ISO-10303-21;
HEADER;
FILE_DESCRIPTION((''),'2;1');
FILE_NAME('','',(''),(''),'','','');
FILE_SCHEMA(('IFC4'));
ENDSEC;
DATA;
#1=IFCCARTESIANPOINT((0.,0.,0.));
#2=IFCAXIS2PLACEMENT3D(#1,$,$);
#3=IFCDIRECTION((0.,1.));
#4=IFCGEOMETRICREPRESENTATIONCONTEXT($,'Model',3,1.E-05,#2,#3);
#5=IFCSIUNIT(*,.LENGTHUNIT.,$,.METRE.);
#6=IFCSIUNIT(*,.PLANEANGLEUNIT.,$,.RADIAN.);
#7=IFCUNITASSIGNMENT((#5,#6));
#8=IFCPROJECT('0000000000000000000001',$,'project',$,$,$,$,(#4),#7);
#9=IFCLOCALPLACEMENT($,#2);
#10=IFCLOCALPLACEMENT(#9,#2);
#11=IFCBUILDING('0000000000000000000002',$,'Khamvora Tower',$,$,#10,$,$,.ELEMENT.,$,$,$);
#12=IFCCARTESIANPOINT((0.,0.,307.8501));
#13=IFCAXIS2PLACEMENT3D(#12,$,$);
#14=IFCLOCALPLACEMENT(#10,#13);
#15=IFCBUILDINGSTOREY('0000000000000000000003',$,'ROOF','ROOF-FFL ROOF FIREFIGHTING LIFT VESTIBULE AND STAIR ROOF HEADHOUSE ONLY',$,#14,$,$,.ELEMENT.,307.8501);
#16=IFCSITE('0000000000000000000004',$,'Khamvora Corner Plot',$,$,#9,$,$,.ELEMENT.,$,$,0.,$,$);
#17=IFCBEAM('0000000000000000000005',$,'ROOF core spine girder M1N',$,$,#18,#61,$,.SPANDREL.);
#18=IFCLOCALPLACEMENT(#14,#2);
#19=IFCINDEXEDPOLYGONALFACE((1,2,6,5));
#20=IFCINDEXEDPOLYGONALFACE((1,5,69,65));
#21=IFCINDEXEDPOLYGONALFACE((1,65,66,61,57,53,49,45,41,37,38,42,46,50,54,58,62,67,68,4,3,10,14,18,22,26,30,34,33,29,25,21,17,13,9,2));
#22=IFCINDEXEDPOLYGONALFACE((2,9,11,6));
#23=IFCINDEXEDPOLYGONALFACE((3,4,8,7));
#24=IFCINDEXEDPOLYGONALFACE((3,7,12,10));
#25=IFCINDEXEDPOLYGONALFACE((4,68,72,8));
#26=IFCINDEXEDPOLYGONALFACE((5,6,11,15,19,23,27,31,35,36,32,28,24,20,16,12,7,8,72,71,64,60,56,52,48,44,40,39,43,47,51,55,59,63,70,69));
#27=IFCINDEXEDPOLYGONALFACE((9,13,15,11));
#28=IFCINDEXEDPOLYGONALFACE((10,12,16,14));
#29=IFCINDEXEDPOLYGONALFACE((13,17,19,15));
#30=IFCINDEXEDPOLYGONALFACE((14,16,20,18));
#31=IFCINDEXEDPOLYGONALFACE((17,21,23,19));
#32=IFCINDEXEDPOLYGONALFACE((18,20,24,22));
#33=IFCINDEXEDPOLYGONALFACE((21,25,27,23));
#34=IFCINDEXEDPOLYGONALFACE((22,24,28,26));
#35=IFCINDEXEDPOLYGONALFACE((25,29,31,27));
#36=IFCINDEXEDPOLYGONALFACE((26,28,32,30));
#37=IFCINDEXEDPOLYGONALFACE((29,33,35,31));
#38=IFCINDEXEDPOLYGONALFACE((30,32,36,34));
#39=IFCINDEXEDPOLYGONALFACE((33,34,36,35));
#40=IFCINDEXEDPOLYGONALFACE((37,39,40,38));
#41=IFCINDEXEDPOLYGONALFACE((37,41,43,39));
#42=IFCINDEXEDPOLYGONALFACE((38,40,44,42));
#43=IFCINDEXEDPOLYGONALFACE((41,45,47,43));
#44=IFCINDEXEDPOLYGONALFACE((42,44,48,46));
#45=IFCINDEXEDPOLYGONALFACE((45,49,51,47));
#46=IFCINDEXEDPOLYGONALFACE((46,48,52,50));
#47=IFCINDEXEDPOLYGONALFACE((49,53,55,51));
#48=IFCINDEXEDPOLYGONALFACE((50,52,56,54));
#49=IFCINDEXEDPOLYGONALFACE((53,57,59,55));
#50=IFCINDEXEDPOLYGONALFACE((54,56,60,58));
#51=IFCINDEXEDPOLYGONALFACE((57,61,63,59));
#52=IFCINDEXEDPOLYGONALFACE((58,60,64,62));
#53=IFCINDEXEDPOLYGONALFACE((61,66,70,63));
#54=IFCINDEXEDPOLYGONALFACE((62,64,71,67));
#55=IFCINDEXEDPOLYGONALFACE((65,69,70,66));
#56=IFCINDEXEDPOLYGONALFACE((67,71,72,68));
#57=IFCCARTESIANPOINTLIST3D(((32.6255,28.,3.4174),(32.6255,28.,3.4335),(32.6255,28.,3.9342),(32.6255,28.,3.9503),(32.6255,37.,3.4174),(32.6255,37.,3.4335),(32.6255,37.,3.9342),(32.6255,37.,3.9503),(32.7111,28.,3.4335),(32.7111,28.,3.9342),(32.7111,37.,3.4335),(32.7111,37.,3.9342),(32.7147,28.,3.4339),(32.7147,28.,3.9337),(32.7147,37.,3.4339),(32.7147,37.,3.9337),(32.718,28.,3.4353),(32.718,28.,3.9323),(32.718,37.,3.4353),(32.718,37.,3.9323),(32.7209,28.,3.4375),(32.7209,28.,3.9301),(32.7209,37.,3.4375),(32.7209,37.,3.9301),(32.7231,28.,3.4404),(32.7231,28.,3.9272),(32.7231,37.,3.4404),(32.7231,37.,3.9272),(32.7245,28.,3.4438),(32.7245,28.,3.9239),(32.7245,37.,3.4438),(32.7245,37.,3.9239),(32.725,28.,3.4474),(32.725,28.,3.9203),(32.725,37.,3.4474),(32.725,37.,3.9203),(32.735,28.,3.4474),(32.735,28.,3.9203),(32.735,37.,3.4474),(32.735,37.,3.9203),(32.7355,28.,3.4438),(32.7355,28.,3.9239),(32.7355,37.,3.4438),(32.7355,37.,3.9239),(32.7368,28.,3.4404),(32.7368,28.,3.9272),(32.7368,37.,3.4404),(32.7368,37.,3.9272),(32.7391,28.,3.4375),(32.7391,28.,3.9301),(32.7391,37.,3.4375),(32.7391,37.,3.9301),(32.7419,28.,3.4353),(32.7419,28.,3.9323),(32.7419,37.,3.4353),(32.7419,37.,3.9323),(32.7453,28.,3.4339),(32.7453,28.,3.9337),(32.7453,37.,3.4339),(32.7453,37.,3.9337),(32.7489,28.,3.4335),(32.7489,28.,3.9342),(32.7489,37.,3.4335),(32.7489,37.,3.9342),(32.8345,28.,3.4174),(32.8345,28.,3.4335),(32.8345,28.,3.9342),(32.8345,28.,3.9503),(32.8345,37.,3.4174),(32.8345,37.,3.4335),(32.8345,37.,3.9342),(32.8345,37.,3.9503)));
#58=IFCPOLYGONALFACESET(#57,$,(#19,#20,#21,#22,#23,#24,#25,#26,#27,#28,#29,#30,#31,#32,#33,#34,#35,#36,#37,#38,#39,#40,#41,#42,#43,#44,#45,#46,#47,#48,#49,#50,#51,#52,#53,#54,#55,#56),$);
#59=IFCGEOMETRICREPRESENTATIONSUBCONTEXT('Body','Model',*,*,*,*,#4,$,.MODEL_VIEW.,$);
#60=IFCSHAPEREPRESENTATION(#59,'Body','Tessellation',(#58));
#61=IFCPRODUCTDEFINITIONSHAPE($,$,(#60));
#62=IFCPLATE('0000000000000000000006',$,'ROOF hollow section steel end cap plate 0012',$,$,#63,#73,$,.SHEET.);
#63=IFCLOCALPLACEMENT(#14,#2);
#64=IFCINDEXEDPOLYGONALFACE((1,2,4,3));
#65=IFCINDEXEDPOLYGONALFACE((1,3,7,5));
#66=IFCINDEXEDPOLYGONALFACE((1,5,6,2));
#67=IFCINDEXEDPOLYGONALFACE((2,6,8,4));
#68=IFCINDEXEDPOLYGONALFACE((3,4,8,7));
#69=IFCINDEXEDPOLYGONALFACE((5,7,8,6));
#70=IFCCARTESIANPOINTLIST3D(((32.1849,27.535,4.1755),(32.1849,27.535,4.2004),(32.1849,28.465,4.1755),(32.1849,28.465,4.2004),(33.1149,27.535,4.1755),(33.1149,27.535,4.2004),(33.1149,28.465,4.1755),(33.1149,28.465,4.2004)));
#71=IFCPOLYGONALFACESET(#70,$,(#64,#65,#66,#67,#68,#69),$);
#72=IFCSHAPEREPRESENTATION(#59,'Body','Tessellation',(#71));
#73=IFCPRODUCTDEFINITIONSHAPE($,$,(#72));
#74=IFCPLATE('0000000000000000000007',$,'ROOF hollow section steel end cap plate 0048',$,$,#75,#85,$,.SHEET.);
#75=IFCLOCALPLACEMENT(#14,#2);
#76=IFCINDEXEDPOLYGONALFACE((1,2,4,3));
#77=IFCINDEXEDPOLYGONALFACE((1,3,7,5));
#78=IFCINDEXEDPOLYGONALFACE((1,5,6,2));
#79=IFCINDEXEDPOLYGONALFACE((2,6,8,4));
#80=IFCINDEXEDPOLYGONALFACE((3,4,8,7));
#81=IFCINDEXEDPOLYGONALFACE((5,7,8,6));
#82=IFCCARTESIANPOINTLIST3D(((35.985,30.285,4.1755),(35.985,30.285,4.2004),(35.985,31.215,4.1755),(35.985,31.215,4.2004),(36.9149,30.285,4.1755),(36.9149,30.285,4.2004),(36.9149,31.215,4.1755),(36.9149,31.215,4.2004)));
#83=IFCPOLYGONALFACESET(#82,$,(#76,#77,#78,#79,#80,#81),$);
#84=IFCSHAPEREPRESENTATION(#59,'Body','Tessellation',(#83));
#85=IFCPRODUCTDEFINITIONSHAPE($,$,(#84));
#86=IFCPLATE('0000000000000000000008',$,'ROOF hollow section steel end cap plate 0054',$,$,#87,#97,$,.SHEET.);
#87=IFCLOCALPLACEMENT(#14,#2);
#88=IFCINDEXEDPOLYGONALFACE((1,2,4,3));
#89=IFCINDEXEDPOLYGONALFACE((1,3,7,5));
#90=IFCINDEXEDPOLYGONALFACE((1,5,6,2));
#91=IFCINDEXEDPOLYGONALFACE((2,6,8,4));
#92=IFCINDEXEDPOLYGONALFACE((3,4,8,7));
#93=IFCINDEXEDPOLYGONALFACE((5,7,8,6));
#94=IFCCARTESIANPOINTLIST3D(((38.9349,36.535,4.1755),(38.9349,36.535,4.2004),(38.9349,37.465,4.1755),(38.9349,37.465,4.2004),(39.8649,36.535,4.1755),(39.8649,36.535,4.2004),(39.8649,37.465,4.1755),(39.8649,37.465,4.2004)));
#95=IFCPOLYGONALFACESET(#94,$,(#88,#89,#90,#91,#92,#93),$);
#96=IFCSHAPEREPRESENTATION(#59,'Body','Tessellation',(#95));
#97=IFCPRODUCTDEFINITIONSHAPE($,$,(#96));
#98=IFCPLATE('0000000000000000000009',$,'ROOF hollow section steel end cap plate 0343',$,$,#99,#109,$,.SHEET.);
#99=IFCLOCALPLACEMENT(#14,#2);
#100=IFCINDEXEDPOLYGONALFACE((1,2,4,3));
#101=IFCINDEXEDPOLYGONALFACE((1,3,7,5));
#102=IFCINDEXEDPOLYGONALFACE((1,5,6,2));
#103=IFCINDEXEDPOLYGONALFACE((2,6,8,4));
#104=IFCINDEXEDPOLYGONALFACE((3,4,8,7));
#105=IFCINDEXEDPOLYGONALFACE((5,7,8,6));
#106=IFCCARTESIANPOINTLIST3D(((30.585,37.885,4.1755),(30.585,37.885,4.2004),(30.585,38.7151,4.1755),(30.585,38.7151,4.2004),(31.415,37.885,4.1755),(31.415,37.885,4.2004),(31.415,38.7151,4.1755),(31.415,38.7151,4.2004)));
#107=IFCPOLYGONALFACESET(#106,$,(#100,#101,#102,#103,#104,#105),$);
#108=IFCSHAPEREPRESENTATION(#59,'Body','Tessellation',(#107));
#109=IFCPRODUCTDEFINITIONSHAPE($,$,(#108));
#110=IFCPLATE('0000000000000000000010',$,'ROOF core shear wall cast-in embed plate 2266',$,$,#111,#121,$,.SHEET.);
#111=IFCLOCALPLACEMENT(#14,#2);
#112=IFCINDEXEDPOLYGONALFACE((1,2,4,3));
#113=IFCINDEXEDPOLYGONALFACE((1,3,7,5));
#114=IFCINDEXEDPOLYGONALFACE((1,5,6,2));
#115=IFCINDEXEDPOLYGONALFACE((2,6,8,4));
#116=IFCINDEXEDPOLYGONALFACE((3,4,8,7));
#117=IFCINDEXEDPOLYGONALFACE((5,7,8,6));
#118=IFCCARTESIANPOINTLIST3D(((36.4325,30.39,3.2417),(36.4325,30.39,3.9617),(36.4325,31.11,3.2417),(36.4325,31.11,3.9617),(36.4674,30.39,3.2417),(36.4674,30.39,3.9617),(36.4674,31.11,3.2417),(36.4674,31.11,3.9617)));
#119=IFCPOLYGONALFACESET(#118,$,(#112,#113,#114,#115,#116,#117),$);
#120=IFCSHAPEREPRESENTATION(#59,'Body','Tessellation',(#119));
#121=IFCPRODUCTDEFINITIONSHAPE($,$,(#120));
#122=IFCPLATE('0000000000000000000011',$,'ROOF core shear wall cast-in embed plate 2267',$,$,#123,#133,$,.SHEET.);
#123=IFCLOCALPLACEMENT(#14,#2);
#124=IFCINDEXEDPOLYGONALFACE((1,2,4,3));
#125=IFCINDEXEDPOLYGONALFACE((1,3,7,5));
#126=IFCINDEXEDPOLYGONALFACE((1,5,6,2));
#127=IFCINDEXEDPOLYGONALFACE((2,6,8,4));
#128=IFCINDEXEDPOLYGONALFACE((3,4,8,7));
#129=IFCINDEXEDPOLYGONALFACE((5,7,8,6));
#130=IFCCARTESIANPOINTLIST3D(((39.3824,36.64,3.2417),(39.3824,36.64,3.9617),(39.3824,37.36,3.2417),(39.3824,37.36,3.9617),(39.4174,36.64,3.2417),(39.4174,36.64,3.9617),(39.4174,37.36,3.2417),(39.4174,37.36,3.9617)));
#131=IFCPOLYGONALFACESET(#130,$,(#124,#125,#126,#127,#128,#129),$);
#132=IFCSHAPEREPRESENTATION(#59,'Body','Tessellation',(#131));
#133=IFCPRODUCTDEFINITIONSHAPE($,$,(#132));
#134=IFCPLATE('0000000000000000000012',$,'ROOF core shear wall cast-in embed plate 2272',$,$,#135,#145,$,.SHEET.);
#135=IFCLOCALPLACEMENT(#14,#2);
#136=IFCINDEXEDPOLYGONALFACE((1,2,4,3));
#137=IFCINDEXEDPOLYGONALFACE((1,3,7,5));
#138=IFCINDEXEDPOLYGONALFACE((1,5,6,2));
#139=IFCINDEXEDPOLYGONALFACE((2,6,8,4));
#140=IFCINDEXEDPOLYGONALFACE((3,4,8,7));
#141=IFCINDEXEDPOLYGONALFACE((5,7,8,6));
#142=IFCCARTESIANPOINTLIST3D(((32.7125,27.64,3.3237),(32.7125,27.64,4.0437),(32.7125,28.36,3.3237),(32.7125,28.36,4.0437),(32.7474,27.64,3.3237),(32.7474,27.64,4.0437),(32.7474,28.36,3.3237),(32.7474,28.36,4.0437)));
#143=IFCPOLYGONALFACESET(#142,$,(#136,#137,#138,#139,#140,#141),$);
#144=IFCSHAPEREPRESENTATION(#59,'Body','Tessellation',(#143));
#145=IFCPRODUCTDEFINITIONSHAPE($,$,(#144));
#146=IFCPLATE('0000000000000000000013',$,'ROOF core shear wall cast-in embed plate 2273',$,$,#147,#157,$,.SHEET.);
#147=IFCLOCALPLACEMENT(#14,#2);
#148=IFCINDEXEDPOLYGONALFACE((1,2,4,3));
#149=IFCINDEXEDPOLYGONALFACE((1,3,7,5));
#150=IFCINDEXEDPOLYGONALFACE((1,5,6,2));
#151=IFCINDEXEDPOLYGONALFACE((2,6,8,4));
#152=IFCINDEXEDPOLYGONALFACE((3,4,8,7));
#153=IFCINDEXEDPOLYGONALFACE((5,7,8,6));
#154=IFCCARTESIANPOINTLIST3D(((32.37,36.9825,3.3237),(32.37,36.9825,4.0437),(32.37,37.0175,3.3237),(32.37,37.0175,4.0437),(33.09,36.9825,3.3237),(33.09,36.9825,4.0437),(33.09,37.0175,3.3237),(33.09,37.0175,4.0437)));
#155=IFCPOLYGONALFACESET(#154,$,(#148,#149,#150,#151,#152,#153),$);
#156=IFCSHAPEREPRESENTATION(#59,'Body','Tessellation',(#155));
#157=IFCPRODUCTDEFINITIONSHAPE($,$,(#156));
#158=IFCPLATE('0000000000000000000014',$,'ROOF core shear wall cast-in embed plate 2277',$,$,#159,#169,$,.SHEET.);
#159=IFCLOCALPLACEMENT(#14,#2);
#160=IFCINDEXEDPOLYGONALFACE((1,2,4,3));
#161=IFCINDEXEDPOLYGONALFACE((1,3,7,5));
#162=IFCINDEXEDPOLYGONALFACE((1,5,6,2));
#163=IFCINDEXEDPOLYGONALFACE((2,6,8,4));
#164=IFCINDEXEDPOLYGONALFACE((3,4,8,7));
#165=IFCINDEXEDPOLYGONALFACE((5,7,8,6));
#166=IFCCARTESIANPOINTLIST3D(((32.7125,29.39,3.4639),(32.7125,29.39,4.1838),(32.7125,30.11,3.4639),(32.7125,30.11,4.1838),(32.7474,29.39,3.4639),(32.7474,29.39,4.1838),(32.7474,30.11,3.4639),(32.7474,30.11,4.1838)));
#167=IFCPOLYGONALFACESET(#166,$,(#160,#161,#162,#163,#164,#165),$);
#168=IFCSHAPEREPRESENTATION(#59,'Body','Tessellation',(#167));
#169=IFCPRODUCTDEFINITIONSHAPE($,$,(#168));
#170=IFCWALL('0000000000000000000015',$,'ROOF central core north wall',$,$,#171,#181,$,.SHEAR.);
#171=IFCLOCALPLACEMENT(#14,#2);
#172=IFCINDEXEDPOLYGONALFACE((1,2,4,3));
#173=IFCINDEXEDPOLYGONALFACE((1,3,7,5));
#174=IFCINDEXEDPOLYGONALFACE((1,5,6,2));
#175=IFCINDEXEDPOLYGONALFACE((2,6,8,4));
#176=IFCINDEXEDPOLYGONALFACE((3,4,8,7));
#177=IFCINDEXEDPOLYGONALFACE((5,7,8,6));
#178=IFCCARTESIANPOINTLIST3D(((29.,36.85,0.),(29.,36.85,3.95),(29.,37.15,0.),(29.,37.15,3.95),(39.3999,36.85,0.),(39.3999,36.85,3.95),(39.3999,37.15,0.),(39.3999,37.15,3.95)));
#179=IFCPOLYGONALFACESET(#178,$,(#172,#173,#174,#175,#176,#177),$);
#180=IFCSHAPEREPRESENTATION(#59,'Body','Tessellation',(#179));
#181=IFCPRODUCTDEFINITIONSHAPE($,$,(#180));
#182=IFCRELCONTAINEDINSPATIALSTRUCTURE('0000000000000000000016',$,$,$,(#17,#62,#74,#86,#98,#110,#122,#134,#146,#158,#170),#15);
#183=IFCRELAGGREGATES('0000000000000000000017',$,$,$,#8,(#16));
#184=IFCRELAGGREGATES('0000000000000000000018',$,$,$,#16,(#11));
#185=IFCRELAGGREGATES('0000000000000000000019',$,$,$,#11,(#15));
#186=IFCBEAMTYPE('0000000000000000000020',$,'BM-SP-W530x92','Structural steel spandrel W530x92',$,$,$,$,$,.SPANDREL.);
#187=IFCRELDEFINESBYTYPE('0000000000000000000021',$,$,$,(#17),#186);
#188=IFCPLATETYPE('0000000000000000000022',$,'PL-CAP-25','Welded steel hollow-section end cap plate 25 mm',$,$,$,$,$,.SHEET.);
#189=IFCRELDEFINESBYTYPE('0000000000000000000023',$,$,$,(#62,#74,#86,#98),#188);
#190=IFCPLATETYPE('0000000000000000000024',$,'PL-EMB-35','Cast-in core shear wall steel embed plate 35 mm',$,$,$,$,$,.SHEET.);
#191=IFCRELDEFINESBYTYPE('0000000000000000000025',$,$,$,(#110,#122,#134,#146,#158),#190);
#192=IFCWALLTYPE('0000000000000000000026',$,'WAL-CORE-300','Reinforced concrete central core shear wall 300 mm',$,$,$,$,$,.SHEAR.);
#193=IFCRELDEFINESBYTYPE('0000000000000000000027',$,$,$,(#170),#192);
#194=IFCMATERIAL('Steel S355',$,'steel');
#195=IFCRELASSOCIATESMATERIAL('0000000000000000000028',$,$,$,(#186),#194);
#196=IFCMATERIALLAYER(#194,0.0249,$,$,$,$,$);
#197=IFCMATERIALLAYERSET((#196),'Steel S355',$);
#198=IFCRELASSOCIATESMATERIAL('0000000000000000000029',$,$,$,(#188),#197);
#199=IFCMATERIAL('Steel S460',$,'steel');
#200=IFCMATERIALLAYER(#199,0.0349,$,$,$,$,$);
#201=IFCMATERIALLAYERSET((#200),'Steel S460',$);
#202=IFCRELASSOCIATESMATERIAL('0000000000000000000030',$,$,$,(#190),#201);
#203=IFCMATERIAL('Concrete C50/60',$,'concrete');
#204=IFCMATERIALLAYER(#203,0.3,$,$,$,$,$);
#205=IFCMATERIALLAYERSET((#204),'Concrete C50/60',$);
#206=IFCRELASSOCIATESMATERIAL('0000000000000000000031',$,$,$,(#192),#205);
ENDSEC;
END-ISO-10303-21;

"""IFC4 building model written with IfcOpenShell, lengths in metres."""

from ifc_helpers import new_model, si_unit, direction, frame, frame_2d, origin, origin_2d, place, context, subcontext, project, spatial, rectangle, i_section, extrude, material, layer, layer_set, material_profile, profile_set, type_object, element, save


model = new_model("IFC4")

# Units and contexts
model_context = context("Model", 3, precision=1e-05, world=origin(), true_north=direction((0.0, 1.0)))
body_context = subcontext(model_context, "Body", "Model", "MODEL_VIEW")
ifc_project = project(units=[si_unit("LENGTHUNIT", "METRE"), si_unit("PLANEANGLEUNIT", "RADIAN")], contexts=[model_context])

# Site, building, storey
site_placement = place(None, origin())
site = spatial("IfcSite", under=ifc_project, at=site_placement, Name="Khamvora Corner Plot", CompositionType="ELEMENT", RefElevation=0.0)
building_placement = place(site_placement, origin())
building = spatial("IfcBuilding", under=site, at=building_placement, Name="Khamvora Tower", CompositionType="ELEMENT")
storey_placement = place(building_placement, frame((0.0, 0.0, 307.8501)))
storey = spatial("IfcBuildingStorey", under=building, at=storey_placement, Name="ROOF", Description="ROOF-FFL ROOF FIREFIGHTING LIFT VESTIBULE AND STAIR ROOF HEADHOUSE ONLY", CompositionType="ELEMENT", Elevation=307.8501)

# Shared definitions
ifc_material_1 = material(Name="Steel S355", Category="steel")

# Beam
ifc_material_profile_1 = material_profile(ifc_material_1, i_section(OverallWidth=0.209, OverallDepth=0.533, WebThickness=0.01, FlangeThickness=0.0161, FilletRadius=0.0139, at=origin_2d()), Name="W530x92")
ifc_profile_set_1 = profile_set([ifc_material_profile_1], Name="Steel S355")
beam_type_1 = type_object("IfcBeamType", Name="BM-SP-W530x92", Description="Structural steel spandrel W530x92", PredefinedType="SPANDREL", material=ifc_profile_set_1)
beam_1_placement = place(storey_placement, frame((32.73, 28.0, 3.6838), z_axis=(0.0, 1.0, 0.0), x_axis=(-1.0, 0.0, 0.0)))
element("IfcBeam", 1, at=beam_1_placement, inside=storey, type_object=beam_type_1, Name="ROOF core spine girder M1N", PredefinedType="SPANDREL", context=body_context, shape_type="SweptSolid", body=[
    extrude(i_section(OverallWidth=0.209, OverallDepth=0.533, WebThickness=0.01, FlangeThickness=0.0161, FilletRadius=0.0139, at=origin_2d()), origin(), (0.0, 0.0, 1.0), 9.0),
])

# Plates
ifc_layer_1 = layer(ifc_material_1, 0.0249)
ifc_layer_set_1 = layer_set([ifc_layer_1], Name="Steel S355")
plate_type_1 = type_object("IfcPlateType", Name="PL-CAP-25", Description="Welded steel hollow-section end cap plate 25 mm", PredefinedType="SHEET", material=ifc_layer_set_1)
for number, where, z_axis, x_axis, name in (
    (2, (32.6499, 28.0, 4.1755), (0.0, 0.0, 1.0), (1.0, 0.0, 0.0), "ROOF hollow section steel end cap plate 0012"),
    (3, (36.45, 30.75, 4.1755), (0.0, 0.0, 1.0), (1.0, 0.0, 0.0), "ROOF hollow section steel end cap plate 0048"),
    (4, (39.3999, 37.0, 4.1755), (0.0, 0.0, 1.0), (1.0, 0.0, 0.0), "ROOF hollow section steel end cap plate 0054"),
):
    element("IfcPlate", number, at=place(storey_placement, frame(where, z_axis=z_axis, x_axis=x_axis)), inside=storey, type_object=plate_type_1, Name=name, PredefinedType="SHEET", context=body_context, shape_type="SweptSolid", body=[
        extrude(rectangle(XDim=0.9299, YDim=0.9299, at=origin_2d()), origin(), (0.0, 0.0, 1.0), 0.0249),
    ])
plate_1_placement = place(storey_placement, frame((31.0, 38.3, 4.1755), z_axis=(0.0, 0.0, 1.0), x_axis=(1.0, 0.0, 0.0)))
element("IfcPlate", 5, at=plate_1_placement, inside=storey, type_object=plate_type_1, Name="ROOF hollow section steel end cap plate 0343", PredefinedType="SHEET", context=body_context, shape_type="SweptSolid", body=[
    extrude(rectangle(XDim=0.8301, YDim=0.8301, at=origin_2d()), origin(), (0.0, 0.0, 1.0), 0.0249),
])
ifc_material_2 = material(Name="Steel S460", Category="steel")
ifc_layer_2 = layer(ifc_material_2, 0.0349)
ifc_layer_set_2 = layer_set([ifc_layer_2], Name="Steel S460")
plate_type_2 = type_object("IfcPlateType", Name="PL-EMB-35", Description="Cast-in core shear wall steel embed plate 35 mm", PredefinedType="SHEET", material=ifc_layer_set_2)
for number, where, z_axis, x_axis, name in (
    (6, (36.45, 30.75, 3.2417), (0.0, 0.0, 1.0), (1.0, 0.0, 0.0), "ROOF core shear wall cast-in embed plate 2266"),
    (7, (39.3999, 37.0, 3.2417), (0.0, 0.0, 1.0), (1.0, 0.0, 0.0), "ROOF core shear wall cast-in embed plate 2267"),
    (8, (32.73, 28.0, 3.3237), (0.0, 0.0, 1.0), (1.0, 0.0, 0.0), "ROOF core shear wall cast-in embed plate 2272"),
):
    element("IfcPlate", number, at=place(storey_placement, frame(where, z_axis=z_axis, x_axis=x_axis)), inside=storey, type_object=plate_type_2, Name=name, PredefinedType="SHEET", context=body_context, shape_type="SweptSolid", body=[
        extrude(rectangle(XDim=0.0349, YDim=0.72, at=origin_2d()), origin(), (0.0, 0.0, 1.0), 0.72),
    ])
plate_2_placement = place(storey_placement, frame((32.73, 37.0, 3.3237), z_axis=(0.0, 0.0, 1.0), x_axis=(1.0, 0.0, 0.0)))
element("IfcPlate", 9, at=plate_2_placement, inside=storey, type_object=plate_type_2, Name="ROOF core shear wall cast-in embed plate 2273", PredefinedType="SHEET", context=body_context, shape_type="SweptSolid", body=[
    extrude(rectangle(XDim=0.72, YDim=0.0349, at=origin_2d()), origin(), (0.0, 0.0, 1.0), 0.72),
])
plate_3_placement = place(storey_placement, frame((32.73, 29.75, 3.4639), z_axis=(0.0, 0.0, 1.0), x_axis=(1.0, 0.0, 0.0)))
element("IfcPlate", 10, at=plate_3_placement, inside=storey, type_object=plate_type_2, Name="ROOF core shear wall cast-in embed plate 2277", PredefinedType="SHEET", context=body_context, shape_type="SweptSolid", body=[
    extrude(rectangle(XDim=0.0349, YDim=0.72, at=origin_2d()), origin(), (0.0, 0.0, 1.0), 0.72),
])

# Wall
ifc_material_3 = material(Name="Concrete C50/60", Category="concrete")
ifc_layer_3 = layer(ifc_material_3, 0.3)
ifc_layer_set_3 = layer_set([ifc_layer_3], Name="Concrete C50/60")
wall_type_1 = type_object("IfcWallType", Name="WAL-CORE-300", Description="Reinforced concrete central core shear wall 300 mm", PredefinedType="SHEAR", material=ifc_layer_set_3)
wall_1_placement = place(storey_placement, frame((29.0, 37.0, 0.0), z_axis=(0.0, 0.0, 1.0), x_axis=(1.0, 0.0, 0.0)))
element("IfcWall", 11, at=wall_1_placement, inside=storey, type_object=wall_type_1, Name="ROOF central core north wall", PredefinedType="SHEAR", context=body_context, shape_type="SweptSolid", body=[
    extrude(rectangle(XDim=10.3999, YDim=0.3, at=frame_2d((5.2, 0.0))), origin(), (0.0, 0.0, 1.0), 3.95),
])

save(model, "model.ifc")
